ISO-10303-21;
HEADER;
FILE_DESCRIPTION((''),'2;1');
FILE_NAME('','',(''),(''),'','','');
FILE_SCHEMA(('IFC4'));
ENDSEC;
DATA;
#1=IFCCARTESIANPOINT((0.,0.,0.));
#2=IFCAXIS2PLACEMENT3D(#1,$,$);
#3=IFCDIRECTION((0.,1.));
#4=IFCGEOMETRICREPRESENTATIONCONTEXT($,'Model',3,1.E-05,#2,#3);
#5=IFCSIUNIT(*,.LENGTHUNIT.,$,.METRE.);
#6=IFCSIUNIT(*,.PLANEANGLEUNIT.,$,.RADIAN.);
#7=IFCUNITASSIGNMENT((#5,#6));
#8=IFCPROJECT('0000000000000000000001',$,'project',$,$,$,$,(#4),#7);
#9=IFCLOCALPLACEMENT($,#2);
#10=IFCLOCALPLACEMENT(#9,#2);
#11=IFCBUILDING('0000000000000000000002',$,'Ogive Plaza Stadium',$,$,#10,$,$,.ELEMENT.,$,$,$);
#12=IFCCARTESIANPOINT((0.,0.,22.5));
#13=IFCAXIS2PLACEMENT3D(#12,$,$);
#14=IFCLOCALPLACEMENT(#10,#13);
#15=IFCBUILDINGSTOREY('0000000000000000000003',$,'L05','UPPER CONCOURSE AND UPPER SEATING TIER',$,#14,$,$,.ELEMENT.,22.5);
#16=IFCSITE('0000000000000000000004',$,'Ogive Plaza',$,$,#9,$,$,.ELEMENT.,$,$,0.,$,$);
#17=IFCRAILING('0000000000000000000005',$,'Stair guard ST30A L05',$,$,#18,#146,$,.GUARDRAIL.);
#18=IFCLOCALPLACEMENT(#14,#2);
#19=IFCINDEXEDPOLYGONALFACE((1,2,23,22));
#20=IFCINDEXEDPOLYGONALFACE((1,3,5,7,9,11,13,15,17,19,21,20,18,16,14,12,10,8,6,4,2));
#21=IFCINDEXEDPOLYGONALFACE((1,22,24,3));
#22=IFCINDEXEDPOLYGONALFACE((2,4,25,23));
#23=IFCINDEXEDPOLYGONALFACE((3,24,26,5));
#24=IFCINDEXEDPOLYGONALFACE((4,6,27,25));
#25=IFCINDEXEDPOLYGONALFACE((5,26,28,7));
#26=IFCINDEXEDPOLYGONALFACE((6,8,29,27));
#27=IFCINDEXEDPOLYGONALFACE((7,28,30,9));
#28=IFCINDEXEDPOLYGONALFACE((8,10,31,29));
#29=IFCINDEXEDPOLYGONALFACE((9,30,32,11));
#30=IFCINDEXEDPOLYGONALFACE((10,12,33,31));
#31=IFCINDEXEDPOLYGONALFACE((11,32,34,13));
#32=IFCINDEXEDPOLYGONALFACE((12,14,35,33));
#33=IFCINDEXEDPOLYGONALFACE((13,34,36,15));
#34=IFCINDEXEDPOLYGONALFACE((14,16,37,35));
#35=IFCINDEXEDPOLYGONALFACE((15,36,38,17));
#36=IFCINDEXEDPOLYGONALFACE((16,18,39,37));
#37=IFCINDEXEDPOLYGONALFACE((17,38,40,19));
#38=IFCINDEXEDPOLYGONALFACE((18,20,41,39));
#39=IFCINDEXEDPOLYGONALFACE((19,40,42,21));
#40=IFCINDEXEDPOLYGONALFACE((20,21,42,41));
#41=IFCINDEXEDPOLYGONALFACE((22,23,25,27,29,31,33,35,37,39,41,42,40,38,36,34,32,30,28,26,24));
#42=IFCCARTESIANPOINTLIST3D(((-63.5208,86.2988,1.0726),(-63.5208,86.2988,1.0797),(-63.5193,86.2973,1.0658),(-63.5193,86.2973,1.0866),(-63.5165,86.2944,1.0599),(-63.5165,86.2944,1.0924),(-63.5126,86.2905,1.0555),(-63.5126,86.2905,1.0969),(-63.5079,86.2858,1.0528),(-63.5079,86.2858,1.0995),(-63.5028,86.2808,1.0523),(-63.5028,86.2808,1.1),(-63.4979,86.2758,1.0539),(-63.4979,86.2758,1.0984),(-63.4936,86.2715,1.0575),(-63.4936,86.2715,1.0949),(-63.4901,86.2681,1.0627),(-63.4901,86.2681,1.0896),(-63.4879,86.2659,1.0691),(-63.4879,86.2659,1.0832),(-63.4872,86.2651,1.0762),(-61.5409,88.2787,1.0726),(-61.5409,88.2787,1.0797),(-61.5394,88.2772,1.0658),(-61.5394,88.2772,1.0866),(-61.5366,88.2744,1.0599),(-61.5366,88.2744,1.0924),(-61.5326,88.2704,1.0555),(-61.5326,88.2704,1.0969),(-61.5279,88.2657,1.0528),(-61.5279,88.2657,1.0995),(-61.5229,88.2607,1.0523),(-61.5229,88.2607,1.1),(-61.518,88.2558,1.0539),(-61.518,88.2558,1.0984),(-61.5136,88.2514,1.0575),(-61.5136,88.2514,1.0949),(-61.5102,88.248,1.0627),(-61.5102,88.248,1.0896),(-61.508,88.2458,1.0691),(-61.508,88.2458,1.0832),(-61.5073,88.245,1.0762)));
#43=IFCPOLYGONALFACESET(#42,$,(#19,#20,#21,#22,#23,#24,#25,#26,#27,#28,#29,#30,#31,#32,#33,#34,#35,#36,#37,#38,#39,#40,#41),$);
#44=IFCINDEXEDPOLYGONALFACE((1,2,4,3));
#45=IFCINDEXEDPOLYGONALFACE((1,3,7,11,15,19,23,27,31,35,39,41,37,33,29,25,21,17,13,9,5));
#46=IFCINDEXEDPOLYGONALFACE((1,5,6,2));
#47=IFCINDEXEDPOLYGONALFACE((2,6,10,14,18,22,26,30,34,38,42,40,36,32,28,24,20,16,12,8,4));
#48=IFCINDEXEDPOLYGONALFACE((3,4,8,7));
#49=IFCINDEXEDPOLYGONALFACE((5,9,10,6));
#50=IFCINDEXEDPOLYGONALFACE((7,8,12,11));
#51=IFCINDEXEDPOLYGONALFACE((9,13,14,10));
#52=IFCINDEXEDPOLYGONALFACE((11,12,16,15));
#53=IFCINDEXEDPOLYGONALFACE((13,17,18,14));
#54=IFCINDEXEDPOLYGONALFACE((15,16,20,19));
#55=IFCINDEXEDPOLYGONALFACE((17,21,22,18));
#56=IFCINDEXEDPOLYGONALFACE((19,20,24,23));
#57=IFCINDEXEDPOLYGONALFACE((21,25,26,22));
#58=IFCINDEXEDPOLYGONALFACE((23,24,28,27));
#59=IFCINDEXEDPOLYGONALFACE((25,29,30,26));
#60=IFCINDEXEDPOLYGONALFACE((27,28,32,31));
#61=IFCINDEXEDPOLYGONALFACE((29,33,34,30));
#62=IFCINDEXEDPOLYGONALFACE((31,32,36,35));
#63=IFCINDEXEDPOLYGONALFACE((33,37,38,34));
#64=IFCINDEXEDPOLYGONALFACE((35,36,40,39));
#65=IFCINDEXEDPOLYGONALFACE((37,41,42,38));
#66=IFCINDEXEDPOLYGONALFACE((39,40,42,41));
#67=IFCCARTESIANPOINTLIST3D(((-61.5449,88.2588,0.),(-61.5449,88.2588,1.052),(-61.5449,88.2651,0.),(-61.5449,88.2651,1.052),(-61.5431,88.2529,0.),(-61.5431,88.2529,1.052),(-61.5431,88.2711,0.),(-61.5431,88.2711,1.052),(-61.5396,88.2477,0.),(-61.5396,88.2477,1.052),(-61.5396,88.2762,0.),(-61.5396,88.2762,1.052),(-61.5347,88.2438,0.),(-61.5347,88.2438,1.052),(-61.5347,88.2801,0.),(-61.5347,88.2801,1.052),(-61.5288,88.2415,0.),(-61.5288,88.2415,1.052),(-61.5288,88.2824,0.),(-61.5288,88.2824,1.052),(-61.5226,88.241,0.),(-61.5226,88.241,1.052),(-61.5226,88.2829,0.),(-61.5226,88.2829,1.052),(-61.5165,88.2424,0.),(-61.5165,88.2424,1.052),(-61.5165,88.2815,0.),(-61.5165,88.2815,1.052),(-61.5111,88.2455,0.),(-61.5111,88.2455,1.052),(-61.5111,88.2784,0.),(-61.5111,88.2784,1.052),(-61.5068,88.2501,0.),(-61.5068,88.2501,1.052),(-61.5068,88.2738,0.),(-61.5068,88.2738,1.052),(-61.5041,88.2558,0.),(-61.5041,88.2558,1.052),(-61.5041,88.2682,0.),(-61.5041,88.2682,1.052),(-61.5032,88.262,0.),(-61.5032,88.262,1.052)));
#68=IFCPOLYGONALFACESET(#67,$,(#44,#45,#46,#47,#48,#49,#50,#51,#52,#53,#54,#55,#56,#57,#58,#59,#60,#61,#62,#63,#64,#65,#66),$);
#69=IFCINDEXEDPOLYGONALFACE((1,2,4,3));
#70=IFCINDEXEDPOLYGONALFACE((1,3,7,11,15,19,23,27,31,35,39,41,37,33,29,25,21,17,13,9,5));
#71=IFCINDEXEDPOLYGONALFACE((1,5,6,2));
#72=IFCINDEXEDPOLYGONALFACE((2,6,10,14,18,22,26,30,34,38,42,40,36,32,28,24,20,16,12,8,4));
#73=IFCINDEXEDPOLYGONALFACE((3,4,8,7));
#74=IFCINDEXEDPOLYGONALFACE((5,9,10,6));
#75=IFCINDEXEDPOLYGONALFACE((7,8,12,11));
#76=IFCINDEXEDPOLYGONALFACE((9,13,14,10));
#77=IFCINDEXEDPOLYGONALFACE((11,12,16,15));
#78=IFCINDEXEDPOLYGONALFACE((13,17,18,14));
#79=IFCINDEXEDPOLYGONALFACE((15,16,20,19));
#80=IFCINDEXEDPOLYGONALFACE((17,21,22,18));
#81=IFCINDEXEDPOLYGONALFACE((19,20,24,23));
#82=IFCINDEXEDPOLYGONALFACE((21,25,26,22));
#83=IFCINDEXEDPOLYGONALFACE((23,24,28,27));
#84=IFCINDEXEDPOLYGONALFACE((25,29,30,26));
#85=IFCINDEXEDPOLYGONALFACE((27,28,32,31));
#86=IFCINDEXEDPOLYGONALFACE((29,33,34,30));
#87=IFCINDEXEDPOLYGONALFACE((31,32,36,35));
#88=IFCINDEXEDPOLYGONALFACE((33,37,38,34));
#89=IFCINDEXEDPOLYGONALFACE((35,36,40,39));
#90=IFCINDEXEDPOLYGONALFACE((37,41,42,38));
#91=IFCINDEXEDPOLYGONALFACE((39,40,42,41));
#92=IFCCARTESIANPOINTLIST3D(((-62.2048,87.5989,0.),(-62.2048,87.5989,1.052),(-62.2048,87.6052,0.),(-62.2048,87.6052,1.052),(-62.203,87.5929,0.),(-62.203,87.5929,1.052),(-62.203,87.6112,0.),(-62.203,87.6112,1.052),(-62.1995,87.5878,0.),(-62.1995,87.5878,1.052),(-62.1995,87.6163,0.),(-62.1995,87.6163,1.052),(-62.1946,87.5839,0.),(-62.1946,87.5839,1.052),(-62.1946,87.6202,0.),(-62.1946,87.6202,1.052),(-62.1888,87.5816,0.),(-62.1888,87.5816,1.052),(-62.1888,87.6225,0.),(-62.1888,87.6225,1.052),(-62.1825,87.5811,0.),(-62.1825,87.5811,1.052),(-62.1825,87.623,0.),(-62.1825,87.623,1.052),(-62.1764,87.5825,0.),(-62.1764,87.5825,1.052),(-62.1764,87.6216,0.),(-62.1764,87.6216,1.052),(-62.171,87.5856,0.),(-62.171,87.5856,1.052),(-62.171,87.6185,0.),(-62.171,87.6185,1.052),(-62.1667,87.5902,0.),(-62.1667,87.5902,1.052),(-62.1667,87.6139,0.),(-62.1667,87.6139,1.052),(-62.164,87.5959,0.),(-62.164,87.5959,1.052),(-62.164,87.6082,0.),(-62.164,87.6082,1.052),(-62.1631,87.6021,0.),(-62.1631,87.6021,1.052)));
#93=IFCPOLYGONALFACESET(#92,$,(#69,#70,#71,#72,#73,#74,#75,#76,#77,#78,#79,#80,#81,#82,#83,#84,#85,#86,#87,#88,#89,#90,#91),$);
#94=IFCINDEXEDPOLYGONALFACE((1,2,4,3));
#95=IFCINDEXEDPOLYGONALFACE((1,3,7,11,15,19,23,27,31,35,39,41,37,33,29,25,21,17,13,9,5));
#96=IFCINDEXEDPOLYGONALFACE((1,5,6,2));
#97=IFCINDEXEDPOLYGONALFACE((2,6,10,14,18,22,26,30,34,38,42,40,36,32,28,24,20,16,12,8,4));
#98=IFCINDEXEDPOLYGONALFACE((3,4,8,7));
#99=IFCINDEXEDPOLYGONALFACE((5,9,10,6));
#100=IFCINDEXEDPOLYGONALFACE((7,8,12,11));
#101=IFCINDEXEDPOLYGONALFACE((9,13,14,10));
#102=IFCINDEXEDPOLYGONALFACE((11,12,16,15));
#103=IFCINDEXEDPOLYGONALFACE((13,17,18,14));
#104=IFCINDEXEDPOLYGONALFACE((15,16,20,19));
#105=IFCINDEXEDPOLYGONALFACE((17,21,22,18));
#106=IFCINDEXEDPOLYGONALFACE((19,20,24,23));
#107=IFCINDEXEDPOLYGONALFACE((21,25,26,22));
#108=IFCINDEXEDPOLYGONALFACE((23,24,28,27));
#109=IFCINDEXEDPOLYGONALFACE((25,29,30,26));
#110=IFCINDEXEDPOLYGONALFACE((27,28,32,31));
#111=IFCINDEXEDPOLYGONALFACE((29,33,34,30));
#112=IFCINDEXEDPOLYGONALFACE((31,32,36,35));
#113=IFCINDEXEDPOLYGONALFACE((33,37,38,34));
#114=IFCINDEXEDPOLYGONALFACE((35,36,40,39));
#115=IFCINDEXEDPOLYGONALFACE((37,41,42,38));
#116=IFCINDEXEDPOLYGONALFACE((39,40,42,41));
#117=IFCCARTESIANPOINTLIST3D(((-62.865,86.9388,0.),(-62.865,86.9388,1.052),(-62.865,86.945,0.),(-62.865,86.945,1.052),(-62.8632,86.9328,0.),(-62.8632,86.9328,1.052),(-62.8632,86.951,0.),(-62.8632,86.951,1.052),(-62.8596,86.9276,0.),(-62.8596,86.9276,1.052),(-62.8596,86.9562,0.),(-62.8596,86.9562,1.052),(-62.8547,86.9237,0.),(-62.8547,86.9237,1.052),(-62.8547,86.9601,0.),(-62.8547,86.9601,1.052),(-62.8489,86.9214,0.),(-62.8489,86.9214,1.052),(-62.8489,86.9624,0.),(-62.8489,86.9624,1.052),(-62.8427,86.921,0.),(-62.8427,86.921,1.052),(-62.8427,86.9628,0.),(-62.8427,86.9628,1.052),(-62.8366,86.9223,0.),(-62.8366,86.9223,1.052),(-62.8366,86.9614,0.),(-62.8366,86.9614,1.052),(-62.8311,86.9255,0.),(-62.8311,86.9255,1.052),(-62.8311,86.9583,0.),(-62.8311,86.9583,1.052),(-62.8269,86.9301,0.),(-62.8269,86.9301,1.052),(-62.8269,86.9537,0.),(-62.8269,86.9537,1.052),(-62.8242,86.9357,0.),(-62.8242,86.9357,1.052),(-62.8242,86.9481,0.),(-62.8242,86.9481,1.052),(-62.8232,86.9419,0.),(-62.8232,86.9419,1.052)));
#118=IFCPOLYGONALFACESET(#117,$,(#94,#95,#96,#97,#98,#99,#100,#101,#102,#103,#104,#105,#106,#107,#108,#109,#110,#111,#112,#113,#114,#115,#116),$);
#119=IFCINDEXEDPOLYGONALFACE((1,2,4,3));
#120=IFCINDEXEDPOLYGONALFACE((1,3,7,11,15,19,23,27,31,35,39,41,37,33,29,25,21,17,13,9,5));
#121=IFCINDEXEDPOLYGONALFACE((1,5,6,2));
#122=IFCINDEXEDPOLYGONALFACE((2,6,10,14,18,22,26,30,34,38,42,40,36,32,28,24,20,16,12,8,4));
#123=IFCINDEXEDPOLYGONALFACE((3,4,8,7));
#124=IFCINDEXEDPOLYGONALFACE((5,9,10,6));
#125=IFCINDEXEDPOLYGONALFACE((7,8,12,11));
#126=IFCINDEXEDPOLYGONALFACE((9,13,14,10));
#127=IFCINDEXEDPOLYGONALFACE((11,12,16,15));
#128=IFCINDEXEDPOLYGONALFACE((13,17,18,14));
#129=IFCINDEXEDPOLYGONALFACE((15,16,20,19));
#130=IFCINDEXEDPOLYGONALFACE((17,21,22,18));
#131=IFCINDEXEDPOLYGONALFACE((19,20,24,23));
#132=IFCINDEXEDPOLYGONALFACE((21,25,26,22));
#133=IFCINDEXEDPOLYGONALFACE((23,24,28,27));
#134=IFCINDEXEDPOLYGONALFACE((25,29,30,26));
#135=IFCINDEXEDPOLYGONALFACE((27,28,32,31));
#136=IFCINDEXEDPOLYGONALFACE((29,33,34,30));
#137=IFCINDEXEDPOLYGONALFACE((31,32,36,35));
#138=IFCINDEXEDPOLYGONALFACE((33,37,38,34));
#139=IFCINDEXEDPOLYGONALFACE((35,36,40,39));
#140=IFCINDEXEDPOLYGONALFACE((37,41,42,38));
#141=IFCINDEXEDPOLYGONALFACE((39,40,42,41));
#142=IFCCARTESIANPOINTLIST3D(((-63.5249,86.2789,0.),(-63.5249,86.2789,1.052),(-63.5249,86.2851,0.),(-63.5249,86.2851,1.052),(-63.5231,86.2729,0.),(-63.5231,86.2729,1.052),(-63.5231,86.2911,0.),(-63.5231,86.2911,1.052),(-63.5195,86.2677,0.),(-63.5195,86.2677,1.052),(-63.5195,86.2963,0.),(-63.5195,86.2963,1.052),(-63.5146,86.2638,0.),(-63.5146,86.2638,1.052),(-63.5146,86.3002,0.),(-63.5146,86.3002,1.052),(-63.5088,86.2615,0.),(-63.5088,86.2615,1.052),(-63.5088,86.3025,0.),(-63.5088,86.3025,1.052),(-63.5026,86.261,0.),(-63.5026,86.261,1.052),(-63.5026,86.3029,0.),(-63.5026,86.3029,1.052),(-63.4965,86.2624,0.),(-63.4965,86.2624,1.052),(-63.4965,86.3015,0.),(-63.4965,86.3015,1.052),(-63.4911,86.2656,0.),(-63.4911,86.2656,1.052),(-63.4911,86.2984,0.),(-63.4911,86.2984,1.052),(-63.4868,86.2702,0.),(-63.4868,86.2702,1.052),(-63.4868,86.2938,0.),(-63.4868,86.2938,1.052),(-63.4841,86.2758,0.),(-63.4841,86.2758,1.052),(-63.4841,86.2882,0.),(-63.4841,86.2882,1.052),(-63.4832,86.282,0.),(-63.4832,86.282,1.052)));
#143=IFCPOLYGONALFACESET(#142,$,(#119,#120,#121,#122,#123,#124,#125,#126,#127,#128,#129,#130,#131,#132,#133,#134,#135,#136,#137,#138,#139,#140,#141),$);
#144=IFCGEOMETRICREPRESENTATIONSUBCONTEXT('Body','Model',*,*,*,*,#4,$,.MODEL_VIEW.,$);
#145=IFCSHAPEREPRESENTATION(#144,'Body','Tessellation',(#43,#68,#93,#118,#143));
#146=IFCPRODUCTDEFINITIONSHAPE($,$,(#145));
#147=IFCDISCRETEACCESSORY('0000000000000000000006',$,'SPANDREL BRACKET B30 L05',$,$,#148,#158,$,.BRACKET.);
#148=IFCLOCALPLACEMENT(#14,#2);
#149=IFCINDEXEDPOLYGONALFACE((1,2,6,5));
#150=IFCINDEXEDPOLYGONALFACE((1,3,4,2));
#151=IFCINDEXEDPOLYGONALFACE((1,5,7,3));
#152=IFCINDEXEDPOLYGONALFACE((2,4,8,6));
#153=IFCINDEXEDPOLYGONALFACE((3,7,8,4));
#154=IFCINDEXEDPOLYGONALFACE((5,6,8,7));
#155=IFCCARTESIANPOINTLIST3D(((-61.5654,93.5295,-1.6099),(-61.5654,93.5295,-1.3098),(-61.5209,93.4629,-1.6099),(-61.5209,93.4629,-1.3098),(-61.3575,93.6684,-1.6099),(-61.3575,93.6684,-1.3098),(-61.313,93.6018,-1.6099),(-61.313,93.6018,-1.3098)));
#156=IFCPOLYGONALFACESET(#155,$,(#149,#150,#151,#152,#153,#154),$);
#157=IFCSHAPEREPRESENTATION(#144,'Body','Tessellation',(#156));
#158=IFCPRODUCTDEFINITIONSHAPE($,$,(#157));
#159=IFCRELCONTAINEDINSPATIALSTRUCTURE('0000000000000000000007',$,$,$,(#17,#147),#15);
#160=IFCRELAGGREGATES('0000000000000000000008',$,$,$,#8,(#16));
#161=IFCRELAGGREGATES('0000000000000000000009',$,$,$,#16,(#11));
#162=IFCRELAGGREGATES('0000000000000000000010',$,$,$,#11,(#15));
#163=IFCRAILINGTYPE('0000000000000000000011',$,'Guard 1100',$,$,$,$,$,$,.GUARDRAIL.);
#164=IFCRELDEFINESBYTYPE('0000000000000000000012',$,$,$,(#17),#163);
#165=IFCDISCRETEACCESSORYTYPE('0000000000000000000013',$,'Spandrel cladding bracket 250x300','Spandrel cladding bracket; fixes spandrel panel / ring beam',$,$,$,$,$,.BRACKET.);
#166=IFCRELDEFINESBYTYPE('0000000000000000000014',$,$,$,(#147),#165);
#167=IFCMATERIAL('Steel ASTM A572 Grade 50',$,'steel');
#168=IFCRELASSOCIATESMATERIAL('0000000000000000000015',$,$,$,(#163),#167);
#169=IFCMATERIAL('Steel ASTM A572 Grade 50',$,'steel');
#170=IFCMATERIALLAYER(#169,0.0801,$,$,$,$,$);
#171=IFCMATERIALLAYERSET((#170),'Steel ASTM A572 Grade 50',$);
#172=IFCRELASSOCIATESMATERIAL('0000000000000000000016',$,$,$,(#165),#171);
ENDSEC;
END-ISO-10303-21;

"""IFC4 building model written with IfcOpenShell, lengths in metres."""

from ifc_helpers import new_model, si_unit, direction, frame, origin, origin_2d, place, context, subcontext, project, spatial, rectangle, circle, extrude, material, layer, layer_set, type_object, element, save


model = new_model("IFC4")

# Units and contexts
model_context = context("Model", 3, precision=1e-05, world=origin(), true_north=direction((0.0, 1.0)))
body_context = subcontext(model_context, "Body", "Model", "MODEL_VIEW")
ifc_project = project(units=[si_unit("LENGTHUNIT", "METRE"), si_unit("PLANEANGLEUNIT", "RADIAN")], contexts=[model_context])

# Site, building, storey
site_placement = place(None, origin())
site = spatial("IfcSite", under=ifc_project, at=site_placement, Name="Ogive Plaza", CompositionType="ELEMENT", RefElevation=0.0)
building_placement = place(site_placement, origin())
building = spatial("IfcBuilding", under=site, at=building_placement, Name="Ogive Plaza Stadium", CompositionType="ELEMENT")
storey_placement = place(building_placement, frame((0.0, 0.0, 22.5)))
storey = spatial("IfcBuildingStorey", under=building, at=storey_placement, Name="L05", Description="UPPER CONCOURSE AND UPPER SEATING TIER", CompositionType="ELEMENT", Elevation=22.5)

# Railing
ifc_material_1 = material(Name="Steel ASTM A572 Grade 50", Category="steel")
railing_type = type_object("IfcRailingType", Name="Guard 1100", PredefinedType="GUARDRAIL", material=ifc_material_1)
railing_placement = place(storey_placement, frame((-61.5242, 88.262, 0.0)))
element("IfcRailing", 1, at=railing_placement, inside=storey, type_object=railing_type, Name="Stair guard ST30A L05", PredefinedType="GUARDRAIL", context=body_context, shape_type="SweptSolid", body=[
    extrude(circle(Radius=0.0239, at=origin_2d()), frame((0.0, 0.0, 1.0762), z_axis=(-0.707107, -0.707107, 0.0), x_axis=(0.707107, -0.707107, 0.0)), (0.0, 0.0, 1.0), 2.8),
    extrude(circle(Radius=0.021, at=origin_2d()), origin(), (0.0, 0.0, 1.0), 1.052),
    extrude(circle(Radius=0.021, at=origin_2d()), frame((-0.6599, -0.6599, 0.0)), (0.0, 0.0, 1.0), 1.052),
    extrude(circle(Radius=0.021, at=origin_2d()), frame((-1.3201, -1.3201, 0.0)), (0.0, 0.0, 1.0), 1.052),
    extrude(circle(Radius=0.021, at=origin_2d()), frame((-1.98, -1.98, 0.0)), (0.0, 0.0, 1.0), 1.052),
])

# Discrete accessory
ifc_material_2 = material(Name="Steel ASTM A572 Grade 50", Category="steel")
ifc_layer_1 = layer(ifc_material_2, 0.0801)
ifc_layer_set_1 = layer_set([ifc_layer_1], Name="Steel ASTM A572 Grade 50")
discrete_accessory_type = type_object("IfcDiscreteAccessoryType", Name="Spandrel cladding bracket 250x300", Description="Spandrel cladding bracket; fixes spandrel panel / ring beam", PredefinedType="BRACKET", material=ifc_layer_set_1)
discrete_accessory_placement = place(storey_placement, frame((-61.4392, 93.5657, -1.6099), z_axis=(0.0, 0.0, 1.0), x_axis=(0.83147, 0.55557, 0.0)))
element("IfcDiscreteAccessory", 2, at=discrete_accessory_placement, inside=storey, type_object=discrete_accessory_type, Name="SPANDREL BRACKET B30 L05", PredefinedType="BRACKET", context=body_context, shape_type="SweptSolid", body=[
    extrude(rectangle(XDim=0.25, YDim=0.0801, at=origin_2d()), origin(), (0.0, 0.0, 1.0), 0.3),
])

save(model, "model.ifc")
